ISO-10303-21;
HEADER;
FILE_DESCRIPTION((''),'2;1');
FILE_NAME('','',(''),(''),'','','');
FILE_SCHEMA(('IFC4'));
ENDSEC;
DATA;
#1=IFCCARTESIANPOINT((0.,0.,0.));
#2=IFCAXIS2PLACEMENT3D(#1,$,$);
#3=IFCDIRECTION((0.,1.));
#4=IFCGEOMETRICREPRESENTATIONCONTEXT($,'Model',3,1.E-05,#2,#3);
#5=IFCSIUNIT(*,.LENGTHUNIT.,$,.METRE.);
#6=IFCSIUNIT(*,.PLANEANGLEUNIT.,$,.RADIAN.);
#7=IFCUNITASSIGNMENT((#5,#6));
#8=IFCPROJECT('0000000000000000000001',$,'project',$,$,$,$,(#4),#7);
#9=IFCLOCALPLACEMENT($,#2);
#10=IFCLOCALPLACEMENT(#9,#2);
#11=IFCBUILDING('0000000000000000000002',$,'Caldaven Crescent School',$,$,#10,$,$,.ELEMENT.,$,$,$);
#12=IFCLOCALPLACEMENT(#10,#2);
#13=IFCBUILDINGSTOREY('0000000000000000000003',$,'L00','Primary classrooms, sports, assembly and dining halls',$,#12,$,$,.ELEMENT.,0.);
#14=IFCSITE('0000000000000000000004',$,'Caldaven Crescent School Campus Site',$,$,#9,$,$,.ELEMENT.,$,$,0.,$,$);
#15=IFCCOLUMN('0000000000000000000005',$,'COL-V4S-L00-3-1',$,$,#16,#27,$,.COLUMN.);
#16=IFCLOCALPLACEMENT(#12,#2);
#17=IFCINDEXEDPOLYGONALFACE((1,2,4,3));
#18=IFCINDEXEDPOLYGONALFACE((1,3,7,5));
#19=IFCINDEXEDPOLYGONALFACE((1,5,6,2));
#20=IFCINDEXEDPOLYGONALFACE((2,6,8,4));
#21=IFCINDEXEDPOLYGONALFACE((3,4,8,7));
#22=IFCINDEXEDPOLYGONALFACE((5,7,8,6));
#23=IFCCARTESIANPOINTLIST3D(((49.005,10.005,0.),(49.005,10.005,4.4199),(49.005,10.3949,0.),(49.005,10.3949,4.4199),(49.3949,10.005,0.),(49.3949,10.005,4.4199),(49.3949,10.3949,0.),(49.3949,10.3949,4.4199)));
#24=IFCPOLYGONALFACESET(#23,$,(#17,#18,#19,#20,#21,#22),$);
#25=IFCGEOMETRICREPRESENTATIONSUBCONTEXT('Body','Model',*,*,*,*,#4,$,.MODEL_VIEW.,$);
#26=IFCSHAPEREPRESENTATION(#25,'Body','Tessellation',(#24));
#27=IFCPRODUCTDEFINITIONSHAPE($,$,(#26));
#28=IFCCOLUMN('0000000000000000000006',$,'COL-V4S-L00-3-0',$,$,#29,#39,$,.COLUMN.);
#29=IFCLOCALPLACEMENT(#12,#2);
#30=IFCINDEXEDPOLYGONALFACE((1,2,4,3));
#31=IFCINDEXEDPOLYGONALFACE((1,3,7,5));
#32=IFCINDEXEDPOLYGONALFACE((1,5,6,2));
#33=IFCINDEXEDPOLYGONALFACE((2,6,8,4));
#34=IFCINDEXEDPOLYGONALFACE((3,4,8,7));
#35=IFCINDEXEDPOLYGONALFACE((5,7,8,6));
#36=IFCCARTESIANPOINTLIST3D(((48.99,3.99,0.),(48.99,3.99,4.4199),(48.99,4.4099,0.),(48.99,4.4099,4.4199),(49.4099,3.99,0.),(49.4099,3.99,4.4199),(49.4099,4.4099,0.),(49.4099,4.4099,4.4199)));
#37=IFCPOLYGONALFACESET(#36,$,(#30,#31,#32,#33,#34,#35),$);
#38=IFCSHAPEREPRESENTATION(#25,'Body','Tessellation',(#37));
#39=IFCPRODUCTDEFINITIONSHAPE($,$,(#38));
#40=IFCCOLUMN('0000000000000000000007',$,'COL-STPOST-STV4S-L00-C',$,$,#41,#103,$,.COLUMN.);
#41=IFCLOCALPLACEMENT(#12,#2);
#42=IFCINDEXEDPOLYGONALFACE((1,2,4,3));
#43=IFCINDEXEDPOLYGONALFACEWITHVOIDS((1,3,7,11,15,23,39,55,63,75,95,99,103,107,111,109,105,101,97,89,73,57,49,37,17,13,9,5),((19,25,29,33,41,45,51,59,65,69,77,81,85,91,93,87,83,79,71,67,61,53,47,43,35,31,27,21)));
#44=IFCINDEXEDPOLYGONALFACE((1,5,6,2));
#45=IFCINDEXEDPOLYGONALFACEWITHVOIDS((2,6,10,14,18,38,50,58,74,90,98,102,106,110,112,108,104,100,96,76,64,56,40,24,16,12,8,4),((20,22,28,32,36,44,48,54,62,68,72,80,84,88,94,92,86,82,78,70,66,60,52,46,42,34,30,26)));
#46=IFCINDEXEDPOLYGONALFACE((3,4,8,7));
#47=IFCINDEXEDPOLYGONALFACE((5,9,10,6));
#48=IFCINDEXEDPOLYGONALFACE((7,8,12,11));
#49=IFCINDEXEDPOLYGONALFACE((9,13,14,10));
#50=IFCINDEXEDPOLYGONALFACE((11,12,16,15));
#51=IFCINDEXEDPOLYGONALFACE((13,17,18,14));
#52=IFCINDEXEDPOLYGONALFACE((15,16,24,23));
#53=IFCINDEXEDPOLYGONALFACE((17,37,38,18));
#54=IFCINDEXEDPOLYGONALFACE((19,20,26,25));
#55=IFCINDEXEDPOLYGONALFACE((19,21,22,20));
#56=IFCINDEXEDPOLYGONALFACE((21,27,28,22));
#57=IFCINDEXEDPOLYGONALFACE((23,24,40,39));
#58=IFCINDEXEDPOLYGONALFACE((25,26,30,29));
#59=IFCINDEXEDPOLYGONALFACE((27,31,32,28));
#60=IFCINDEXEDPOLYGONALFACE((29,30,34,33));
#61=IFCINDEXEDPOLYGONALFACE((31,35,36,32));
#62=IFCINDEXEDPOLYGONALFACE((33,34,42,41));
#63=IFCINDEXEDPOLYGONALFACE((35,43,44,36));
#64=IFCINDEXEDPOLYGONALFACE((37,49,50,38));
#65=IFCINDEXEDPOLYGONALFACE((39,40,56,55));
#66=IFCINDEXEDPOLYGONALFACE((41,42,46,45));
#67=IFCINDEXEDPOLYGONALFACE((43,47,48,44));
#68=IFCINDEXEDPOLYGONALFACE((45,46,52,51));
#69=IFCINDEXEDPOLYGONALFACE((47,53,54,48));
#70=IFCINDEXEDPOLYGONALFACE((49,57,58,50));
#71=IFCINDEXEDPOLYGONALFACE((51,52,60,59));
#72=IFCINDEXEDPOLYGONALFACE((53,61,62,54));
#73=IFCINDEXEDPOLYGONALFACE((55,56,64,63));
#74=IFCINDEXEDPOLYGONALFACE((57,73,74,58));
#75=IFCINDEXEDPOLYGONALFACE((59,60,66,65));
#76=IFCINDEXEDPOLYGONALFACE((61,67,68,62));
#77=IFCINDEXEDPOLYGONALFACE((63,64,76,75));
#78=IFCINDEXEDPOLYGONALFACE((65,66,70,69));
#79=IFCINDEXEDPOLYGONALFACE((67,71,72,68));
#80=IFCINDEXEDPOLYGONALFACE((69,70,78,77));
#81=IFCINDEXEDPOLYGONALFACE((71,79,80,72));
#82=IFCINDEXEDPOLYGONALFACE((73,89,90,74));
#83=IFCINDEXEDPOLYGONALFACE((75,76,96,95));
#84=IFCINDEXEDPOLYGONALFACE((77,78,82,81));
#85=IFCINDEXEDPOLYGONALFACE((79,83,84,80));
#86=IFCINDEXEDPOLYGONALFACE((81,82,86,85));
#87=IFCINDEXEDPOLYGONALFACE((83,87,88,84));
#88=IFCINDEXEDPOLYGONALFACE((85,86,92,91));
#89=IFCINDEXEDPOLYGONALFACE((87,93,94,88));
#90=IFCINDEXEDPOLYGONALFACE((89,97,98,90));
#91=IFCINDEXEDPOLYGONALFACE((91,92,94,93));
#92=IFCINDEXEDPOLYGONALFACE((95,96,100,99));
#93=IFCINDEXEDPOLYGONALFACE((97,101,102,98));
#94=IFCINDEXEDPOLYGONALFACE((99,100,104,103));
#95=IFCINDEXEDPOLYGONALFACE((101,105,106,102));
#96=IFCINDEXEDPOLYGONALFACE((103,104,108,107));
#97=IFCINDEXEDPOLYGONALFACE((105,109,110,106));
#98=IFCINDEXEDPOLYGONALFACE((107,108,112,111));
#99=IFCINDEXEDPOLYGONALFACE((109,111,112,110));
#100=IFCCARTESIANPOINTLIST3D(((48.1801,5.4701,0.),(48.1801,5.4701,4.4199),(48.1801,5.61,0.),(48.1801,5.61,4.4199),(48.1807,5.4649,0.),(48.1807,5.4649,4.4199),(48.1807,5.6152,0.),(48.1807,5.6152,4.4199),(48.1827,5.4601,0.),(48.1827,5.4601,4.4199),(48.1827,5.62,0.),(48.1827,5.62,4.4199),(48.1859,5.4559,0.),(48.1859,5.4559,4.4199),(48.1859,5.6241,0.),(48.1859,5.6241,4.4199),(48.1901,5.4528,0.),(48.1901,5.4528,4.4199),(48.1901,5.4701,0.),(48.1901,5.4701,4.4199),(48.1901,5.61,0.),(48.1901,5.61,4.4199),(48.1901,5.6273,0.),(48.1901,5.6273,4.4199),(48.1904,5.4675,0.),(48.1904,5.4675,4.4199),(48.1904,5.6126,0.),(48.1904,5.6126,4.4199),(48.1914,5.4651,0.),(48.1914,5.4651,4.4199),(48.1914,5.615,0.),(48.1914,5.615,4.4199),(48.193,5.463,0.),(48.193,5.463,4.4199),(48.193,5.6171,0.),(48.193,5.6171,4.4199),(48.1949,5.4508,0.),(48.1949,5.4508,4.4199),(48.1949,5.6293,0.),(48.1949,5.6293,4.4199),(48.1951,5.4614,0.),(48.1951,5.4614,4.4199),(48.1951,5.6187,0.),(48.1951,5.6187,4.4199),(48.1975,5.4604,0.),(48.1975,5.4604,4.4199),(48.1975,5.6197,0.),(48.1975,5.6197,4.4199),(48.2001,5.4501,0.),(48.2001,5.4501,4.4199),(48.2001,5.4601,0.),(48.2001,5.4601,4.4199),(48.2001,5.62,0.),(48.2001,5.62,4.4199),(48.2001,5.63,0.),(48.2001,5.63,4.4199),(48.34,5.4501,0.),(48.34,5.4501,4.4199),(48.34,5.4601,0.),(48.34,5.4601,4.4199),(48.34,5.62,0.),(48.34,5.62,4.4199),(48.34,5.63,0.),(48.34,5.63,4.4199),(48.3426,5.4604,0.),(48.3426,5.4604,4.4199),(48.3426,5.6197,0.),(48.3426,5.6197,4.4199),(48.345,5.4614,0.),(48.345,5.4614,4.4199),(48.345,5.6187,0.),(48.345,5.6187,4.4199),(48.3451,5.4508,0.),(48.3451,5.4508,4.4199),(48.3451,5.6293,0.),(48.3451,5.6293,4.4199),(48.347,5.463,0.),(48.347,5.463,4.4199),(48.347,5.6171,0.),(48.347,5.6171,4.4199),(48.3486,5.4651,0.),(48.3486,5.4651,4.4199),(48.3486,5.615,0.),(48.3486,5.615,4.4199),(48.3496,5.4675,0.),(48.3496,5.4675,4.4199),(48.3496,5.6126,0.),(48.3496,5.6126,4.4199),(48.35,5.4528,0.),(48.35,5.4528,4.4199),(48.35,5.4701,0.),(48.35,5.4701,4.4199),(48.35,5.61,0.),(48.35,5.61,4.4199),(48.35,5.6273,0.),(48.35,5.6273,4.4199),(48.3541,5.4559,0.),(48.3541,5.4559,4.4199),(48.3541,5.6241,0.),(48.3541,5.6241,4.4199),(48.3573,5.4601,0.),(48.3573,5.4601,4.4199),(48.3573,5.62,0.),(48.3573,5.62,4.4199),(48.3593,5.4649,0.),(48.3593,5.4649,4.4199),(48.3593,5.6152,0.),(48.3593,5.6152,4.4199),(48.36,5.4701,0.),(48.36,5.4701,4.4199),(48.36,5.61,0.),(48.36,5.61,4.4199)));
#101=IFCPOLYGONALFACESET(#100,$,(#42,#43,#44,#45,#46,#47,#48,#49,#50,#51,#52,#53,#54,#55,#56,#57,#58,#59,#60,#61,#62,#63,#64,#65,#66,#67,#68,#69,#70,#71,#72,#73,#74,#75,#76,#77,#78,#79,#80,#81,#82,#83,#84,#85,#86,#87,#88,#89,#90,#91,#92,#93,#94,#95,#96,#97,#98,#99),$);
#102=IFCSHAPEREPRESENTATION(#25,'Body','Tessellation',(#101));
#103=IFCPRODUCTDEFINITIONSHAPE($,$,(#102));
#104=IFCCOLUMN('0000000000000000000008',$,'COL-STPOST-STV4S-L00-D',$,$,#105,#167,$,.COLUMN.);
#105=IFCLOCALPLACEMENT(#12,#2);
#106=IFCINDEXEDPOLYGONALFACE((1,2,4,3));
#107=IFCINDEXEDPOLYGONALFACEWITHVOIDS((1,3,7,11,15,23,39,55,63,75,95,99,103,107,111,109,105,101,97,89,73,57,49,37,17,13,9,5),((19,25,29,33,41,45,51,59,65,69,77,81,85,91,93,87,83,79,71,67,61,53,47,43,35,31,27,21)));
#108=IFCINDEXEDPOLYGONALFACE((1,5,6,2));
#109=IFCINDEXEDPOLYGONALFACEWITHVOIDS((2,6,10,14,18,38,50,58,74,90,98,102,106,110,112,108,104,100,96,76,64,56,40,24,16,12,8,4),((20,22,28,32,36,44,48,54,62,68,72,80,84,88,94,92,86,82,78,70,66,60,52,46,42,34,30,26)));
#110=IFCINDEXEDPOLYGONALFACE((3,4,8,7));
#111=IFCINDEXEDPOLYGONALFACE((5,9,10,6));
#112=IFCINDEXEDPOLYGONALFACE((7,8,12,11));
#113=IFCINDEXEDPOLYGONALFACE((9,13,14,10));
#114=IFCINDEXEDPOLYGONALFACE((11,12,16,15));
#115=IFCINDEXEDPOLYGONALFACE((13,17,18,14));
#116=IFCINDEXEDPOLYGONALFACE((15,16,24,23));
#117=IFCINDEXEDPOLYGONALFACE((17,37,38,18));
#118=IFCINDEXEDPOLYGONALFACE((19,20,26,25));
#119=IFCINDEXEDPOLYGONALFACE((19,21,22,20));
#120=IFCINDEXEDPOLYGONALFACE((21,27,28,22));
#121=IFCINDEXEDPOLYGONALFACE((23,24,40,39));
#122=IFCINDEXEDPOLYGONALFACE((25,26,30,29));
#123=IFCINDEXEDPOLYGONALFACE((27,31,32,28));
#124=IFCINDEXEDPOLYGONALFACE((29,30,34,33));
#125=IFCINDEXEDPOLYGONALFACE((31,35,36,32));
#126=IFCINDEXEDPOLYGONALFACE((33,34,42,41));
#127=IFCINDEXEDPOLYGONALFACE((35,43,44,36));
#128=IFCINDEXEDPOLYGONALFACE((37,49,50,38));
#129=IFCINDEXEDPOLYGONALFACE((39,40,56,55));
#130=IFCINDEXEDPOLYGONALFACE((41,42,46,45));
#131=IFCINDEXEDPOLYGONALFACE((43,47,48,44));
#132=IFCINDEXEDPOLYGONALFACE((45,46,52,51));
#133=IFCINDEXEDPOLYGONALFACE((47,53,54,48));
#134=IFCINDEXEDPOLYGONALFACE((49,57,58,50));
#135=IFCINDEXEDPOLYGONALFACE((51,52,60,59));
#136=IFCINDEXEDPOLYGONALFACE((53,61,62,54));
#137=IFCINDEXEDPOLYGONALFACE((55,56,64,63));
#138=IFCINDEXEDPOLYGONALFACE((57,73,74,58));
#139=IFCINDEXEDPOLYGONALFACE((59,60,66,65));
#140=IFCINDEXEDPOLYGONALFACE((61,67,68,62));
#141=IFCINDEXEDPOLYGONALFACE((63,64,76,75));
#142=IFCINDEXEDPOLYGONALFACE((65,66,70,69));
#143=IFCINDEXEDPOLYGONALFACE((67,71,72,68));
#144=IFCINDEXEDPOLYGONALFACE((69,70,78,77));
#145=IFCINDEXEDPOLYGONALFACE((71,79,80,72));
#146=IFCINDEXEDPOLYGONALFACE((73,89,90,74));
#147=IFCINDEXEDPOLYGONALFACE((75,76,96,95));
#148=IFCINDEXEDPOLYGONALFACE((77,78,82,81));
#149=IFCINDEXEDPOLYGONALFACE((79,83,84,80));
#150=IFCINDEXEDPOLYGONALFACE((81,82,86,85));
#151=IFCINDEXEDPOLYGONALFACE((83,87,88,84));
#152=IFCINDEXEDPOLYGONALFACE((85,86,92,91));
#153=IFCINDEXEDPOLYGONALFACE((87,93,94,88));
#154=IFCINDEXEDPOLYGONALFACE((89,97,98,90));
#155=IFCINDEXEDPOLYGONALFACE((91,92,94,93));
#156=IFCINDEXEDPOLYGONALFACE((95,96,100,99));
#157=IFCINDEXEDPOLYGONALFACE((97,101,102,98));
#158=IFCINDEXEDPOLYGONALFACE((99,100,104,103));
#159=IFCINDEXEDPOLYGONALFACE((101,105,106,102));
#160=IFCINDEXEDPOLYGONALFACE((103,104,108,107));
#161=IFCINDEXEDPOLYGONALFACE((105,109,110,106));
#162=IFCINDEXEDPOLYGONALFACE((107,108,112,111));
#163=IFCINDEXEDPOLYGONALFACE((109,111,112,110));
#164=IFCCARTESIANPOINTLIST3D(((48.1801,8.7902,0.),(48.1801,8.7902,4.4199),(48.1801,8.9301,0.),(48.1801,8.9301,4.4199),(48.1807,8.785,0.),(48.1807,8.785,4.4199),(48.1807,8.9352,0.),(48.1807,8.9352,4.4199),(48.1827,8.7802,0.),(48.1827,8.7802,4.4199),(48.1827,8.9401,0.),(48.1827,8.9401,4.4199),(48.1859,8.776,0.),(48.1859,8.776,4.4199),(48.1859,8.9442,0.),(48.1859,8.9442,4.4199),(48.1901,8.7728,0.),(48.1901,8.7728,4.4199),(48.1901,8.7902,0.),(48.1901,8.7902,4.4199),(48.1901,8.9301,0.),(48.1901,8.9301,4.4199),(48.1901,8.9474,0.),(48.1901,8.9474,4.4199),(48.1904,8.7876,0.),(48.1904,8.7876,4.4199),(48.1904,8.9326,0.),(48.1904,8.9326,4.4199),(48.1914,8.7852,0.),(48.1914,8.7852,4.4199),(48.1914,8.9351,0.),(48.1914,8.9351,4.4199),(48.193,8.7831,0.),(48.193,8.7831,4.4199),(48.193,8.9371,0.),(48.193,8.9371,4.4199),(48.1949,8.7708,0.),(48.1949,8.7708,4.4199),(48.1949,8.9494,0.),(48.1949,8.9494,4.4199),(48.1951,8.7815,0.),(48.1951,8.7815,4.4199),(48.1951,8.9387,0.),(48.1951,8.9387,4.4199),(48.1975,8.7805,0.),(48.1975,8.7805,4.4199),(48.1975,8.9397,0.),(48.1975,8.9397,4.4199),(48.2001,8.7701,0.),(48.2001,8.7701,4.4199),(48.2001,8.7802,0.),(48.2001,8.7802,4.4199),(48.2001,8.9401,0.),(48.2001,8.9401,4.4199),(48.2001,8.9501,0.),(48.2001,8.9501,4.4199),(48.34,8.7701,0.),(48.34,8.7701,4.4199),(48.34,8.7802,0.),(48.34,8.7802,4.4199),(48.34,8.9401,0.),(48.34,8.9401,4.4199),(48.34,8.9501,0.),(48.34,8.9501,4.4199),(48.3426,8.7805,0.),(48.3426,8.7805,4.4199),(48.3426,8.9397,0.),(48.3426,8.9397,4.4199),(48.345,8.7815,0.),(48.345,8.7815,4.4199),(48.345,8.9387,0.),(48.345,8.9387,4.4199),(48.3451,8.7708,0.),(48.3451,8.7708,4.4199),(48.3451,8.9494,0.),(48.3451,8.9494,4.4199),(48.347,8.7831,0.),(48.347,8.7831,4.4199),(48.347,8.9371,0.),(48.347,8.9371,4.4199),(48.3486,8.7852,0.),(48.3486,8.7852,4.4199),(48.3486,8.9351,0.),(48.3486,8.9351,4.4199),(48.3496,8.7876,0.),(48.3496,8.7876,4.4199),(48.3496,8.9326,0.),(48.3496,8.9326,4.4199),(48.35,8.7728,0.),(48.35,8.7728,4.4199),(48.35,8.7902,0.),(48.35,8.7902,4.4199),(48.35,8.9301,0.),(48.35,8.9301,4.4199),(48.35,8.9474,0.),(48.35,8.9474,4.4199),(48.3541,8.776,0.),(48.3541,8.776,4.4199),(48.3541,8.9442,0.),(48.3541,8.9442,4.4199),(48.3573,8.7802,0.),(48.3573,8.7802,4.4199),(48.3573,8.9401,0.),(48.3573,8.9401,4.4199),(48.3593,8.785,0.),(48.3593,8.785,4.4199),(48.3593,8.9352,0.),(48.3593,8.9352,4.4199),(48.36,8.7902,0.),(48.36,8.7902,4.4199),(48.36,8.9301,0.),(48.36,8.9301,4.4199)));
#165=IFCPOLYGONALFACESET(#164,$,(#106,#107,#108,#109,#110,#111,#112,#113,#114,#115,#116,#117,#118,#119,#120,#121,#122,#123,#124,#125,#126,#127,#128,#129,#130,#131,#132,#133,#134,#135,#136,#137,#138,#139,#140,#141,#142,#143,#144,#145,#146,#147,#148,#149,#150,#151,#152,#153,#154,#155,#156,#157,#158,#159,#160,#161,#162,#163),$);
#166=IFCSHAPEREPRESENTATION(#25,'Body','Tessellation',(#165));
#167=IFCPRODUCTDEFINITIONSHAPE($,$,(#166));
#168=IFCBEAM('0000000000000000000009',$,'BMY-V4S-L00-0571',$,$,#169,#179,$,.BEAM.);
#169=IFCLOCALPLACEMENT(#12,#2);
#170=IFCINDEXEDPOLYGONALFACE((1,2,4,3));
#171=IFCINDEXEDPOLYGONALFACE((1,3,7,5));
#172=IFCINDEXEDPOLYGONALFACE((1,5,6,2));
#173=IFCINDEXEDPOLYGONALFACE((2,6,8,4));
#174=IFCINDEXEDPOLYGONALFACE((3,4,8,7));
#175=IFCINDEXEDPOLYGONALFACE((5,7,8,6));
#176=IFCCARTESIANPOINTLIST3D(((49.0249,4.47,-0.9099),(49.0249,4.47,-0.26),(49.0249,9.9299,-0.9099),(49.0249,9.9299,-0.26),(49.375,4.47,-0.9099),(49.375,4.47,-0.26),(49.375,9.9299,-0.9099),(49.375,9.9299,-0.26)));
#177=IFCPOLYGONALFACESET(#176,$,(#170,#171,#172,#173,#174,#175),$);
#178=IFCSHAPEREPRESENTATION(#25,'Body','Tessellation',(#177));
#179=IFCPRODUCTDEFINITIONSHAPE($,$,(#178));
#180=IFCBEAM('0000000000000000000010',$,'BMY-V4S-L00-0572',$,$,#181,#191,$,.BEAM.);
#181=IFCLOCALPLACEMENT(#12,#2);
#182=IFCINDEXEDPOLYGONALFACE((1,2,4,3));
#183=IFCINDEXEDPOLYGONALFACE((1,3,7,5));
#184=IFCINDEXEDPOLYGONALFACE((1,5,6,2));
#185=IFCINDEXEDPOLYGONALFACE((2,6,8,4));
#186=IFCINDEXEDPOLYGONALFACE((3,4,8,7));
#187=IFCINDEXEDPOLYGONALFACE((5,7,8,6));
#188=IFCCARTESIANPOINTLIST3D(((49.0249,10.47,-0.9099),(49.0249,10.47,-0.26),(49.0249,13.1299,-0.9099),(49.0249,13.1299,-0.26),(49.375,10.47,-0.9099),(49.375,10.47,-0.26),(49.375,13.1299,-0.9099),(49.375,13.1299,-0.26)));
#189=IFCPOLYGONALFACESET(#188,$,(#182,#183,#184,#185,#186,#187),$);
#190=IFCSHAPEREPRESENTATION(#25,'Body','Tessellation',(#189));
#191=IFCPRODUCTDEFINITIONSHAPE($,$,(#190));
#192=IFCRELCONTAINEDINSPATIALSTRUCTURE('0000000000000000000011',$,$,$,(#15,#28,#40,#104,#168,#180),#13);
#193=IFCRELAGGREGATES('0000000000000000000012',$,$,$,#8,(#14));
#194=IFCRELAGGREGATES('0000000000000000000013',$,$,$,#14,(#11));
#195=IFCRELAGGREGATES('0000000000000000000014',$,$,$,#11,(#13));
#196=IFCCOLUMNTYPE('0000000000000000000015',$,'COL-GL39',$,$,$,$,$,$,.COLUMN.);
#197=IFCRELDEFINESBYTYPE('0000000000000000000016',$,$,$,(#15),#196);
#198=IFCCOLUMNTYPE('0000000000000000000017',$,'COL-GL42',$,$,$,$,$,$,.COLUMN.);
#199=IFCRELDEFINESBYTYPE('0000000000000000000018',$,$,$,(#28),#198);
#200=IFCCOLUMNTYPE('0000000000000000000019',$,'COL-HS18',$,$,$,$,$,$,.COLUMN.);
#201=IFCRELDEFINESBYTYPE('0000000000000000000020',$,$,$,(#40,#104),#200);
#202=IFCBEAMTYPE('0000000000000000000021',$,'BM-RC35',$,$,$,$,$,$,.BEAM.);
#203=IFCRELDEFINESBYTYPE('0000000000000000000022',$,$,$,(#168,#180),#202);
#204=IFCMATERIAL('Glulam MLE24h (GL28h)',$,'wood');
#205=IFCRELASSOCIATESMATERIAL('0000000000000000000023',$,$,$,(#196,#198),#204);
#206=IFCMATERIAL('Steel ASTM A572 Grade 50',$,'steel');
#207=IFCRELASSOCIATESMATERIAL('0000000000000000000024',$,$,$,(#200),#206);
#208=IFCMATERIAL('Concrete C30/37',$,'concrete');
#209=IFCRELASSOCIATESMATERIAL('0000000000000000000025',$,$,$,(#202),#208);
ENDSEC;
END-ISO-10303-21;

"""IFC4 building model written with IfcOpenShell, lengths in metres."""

from ifc_helpers import new_model, si_unit, direction, frame, origin, origin_2d, place, context, subcontext, project, spatial, rectangle, hollow_rectangle, extrude, material, material_profile, profile_set, type_object, element, save


model = new_model("IFC4")

# Units and contexts
model_context = context("Model", 3, precision=1e-05, world=origin(), true_north=direction((0.0, 1.0)))
body_context = subcontext(model_context, "Body", "Model", "MODEL_VIEW")
ifc_project = project(units=[si_unit("LENGTHUNIT", "METRE"), si_unit("PLANEANGLEUNIT", "RADIAN")], contexts=[model_context])

# Site, building, storey
site_placement = place(None, origin())
site = spatial("IfcSite", under=ifc_project, at=site_placement, Name="Caldaven Crescent School Campus Site", CompositionType="ELEMENT", RefElevation=0.0)
building_placement = place(site_placement, origin())
building = spatial("IfcBuilding", under=site, at=building_placement, Name="Caldaven Crescent School", CompositionType="ELEMENT")
storey_placement = place(building_placement, origin())
storey = spatial("IfcBuildingStorey", under=building, at=storey_placement, Name="L00", Description="Primary classrooms, sports, assembly and dining halls", CompositionType="ELEMENT", Elevation=0.0)

# Columns
ifc_material_1 = material(Name="Glulam MLE24h (GL28h)", Category="wood")
ifc_material_profile_1 = material_profile(ifc_material_1, rectangle(XDim=0.3899, YDim=0.3899, at=origin_2d()), Name="MLE 390x390")
ifc_profile_set_1 = profile_set([ifc_material_profile_1], Name="Glulam MLE24h (GL28h)")
column_type_1 = type_object("IfcColumnType", Name="COL-GL39", PredefinedType="COLUMN", material=ifc_profile_set_1)
column_1_placement = place(storey_placement, frame((49.2, 10.2, 0.0), z_axis=(0.0, 0.0, 1.0), x_axis=(1.0, 0.0, 0.0)))
element("IfcColumn", 1, at=column_1_placement, inside=storey, type_object=column_type_1, Name="COL-V4S-L00-3-1", PredefinedType="COLUMN", context=body_context, shape_type="SweptSolid", body=[
    extrude(rectangle(XDim=0.3899, YDim=0.3899, at=origin_2d()), origin(), (0.0, 0.0, 1.0), 4.4199),
])
ifc_material_profile_2 = material_profile(ifc_material_1, rectangle(XDim=0.4199, YDim=0.4199, at=origin_2d()), Name="MLE 420x420")
ifc_profile_set_2 = profile_set([ifc_material_profile_2], Name="Glulam MLE24h (GL28h)")
column_type_2 = type_object("IfcColumnType", Name="COL-GL42", PredefinedType="COLUMN", material=ifc_profile_set_2)
column_2_placement = place(storey_placement, frame((49.2, 4.2, 0.0), z_axis=(0.0, 0.0, 1.0), x_axis=(1.0, 0.0, 0.0)))
element("IfcColumn", 2, at=column_2_placement, inside=storey, type_object=column_type_2, Name="COL-V4S-L00-3-0", PredefinedType="COLUMN", context=body_context, shape_type="SweptSolid", body=[
    extrude(rectangle(XDim=0.4199, YDim=0.4199, at=origin_2d()), origin(), (0.0, 0.0, 1.0), 4.4199),
])
ifc_material_2 = material(Name="Steel ASTM A572 Grade 50", Category="steel")
ifc_material_profile_3 = material_profile(ifc_material_2, hollow_rectangle(XDim=0.1799, YDim=0.1799, WallThickness=0.01, InnerFilletRadius=0.01, OuterFilletRadius=0.02, at=origin_2d()), Name="HSS 180x180x10")
ifc_profile_set_3 = profile_set([ifc_material_profile_3], Name="Steel ASTM A572 Grade 50")
column_type_3 = type_object("IfcColumnType", Name="COL-HS18", PredefinedType="COLUMN", material=ifc_profile_set_3)
for number, where, z_axis, x_axis, name in (
    (3, (48.27, 5.54, 0.0), (0.0, 0.0, 1.0), (1.0, 0.0, 0.0), "COL-STPOST-STV4S-L00-C"),
    (4, (48.27, 8.8601, 0.0), (0.0, 0.0, 1.0), (1.0, 0.0, 0.0), "COL-STPOST-STV4S-L00-D"),
):
    element("IfcColumn", number, at=place(storey_placement, frame(where, z_axis=z_axis, x_axis=x_axis)), inside=storey, type_object=column_type_3, Name=name, PredefinedType="COLUMN", context=body_context, shape_type="SweptSolid", body=[
        extrude(hollow_rectangle(XDim=0.1799, YDim=0.1799, WallThickness=0.01, InnerFilletRadius=0.01, OuterFilletRadius=0.02, at=origin_2d()), origin(), (0.0, 0.0, 1.0), 4.4199),
    ])

# Beams
ifc_material_3 = material(Name="Concrete C30/37", Category="concrete")
ifc_material_profile_4 = material_profile(ifc_material_3, rectangle(XDim=0.3501, YDim=0.6499, at=origin_2d()), Name="RC 350x650")
ifc_profile_set_4 = profile_set([ifc_material_profile_4], Name="Concrete C30/37")
beam_type_1 = type_object("IfcBeamType", Name="BM-RC35", PredefinedType="BEAM", material=ifc_profile_set_4)
beam_1_placement = place(storey_placement, frame((49.2, 4.47, -0.585), z_axis=(0.0, 1.0, 0.0), x_axis=(-1.0, 0.0, 0.0)))
element("IfcBeam", 5, at=beam_1_placement, inside=storey, type_object=beam_type_1, Name="BMY-V4S-L00-0571", PredefinedType="BEAM", context=body_context, shape_type="SweptSolid", body=[
    extrude(rectangle(XDim=0.3501, YDim=0.6499, at=origin_2d()), origin(), (0.0, 0.0, 1.0), 5.46),
])
beam_2_placement = place(storey_placement, frame((49.2, 10.47, -0.585), z_axis=(0.0, 1.0, 0.0), x_axis=(-1.0, 0.0, 0.0)))
element("IfcBeam", 6, at=beam_2_placement, inside=storey, type_object=beam_type_1, Name="BMY-V4S-L00-0572", PredefinedType="BEAM", context=body_context, shape_type="SweptSolid", body=[
    extrude(rectangle(XDim=0.3501, YDim=0.6499, at=origin_2d()), origin(), (0.0, 0.0, 1.0), 2.6599),
])

save(model, "model.ifc")
